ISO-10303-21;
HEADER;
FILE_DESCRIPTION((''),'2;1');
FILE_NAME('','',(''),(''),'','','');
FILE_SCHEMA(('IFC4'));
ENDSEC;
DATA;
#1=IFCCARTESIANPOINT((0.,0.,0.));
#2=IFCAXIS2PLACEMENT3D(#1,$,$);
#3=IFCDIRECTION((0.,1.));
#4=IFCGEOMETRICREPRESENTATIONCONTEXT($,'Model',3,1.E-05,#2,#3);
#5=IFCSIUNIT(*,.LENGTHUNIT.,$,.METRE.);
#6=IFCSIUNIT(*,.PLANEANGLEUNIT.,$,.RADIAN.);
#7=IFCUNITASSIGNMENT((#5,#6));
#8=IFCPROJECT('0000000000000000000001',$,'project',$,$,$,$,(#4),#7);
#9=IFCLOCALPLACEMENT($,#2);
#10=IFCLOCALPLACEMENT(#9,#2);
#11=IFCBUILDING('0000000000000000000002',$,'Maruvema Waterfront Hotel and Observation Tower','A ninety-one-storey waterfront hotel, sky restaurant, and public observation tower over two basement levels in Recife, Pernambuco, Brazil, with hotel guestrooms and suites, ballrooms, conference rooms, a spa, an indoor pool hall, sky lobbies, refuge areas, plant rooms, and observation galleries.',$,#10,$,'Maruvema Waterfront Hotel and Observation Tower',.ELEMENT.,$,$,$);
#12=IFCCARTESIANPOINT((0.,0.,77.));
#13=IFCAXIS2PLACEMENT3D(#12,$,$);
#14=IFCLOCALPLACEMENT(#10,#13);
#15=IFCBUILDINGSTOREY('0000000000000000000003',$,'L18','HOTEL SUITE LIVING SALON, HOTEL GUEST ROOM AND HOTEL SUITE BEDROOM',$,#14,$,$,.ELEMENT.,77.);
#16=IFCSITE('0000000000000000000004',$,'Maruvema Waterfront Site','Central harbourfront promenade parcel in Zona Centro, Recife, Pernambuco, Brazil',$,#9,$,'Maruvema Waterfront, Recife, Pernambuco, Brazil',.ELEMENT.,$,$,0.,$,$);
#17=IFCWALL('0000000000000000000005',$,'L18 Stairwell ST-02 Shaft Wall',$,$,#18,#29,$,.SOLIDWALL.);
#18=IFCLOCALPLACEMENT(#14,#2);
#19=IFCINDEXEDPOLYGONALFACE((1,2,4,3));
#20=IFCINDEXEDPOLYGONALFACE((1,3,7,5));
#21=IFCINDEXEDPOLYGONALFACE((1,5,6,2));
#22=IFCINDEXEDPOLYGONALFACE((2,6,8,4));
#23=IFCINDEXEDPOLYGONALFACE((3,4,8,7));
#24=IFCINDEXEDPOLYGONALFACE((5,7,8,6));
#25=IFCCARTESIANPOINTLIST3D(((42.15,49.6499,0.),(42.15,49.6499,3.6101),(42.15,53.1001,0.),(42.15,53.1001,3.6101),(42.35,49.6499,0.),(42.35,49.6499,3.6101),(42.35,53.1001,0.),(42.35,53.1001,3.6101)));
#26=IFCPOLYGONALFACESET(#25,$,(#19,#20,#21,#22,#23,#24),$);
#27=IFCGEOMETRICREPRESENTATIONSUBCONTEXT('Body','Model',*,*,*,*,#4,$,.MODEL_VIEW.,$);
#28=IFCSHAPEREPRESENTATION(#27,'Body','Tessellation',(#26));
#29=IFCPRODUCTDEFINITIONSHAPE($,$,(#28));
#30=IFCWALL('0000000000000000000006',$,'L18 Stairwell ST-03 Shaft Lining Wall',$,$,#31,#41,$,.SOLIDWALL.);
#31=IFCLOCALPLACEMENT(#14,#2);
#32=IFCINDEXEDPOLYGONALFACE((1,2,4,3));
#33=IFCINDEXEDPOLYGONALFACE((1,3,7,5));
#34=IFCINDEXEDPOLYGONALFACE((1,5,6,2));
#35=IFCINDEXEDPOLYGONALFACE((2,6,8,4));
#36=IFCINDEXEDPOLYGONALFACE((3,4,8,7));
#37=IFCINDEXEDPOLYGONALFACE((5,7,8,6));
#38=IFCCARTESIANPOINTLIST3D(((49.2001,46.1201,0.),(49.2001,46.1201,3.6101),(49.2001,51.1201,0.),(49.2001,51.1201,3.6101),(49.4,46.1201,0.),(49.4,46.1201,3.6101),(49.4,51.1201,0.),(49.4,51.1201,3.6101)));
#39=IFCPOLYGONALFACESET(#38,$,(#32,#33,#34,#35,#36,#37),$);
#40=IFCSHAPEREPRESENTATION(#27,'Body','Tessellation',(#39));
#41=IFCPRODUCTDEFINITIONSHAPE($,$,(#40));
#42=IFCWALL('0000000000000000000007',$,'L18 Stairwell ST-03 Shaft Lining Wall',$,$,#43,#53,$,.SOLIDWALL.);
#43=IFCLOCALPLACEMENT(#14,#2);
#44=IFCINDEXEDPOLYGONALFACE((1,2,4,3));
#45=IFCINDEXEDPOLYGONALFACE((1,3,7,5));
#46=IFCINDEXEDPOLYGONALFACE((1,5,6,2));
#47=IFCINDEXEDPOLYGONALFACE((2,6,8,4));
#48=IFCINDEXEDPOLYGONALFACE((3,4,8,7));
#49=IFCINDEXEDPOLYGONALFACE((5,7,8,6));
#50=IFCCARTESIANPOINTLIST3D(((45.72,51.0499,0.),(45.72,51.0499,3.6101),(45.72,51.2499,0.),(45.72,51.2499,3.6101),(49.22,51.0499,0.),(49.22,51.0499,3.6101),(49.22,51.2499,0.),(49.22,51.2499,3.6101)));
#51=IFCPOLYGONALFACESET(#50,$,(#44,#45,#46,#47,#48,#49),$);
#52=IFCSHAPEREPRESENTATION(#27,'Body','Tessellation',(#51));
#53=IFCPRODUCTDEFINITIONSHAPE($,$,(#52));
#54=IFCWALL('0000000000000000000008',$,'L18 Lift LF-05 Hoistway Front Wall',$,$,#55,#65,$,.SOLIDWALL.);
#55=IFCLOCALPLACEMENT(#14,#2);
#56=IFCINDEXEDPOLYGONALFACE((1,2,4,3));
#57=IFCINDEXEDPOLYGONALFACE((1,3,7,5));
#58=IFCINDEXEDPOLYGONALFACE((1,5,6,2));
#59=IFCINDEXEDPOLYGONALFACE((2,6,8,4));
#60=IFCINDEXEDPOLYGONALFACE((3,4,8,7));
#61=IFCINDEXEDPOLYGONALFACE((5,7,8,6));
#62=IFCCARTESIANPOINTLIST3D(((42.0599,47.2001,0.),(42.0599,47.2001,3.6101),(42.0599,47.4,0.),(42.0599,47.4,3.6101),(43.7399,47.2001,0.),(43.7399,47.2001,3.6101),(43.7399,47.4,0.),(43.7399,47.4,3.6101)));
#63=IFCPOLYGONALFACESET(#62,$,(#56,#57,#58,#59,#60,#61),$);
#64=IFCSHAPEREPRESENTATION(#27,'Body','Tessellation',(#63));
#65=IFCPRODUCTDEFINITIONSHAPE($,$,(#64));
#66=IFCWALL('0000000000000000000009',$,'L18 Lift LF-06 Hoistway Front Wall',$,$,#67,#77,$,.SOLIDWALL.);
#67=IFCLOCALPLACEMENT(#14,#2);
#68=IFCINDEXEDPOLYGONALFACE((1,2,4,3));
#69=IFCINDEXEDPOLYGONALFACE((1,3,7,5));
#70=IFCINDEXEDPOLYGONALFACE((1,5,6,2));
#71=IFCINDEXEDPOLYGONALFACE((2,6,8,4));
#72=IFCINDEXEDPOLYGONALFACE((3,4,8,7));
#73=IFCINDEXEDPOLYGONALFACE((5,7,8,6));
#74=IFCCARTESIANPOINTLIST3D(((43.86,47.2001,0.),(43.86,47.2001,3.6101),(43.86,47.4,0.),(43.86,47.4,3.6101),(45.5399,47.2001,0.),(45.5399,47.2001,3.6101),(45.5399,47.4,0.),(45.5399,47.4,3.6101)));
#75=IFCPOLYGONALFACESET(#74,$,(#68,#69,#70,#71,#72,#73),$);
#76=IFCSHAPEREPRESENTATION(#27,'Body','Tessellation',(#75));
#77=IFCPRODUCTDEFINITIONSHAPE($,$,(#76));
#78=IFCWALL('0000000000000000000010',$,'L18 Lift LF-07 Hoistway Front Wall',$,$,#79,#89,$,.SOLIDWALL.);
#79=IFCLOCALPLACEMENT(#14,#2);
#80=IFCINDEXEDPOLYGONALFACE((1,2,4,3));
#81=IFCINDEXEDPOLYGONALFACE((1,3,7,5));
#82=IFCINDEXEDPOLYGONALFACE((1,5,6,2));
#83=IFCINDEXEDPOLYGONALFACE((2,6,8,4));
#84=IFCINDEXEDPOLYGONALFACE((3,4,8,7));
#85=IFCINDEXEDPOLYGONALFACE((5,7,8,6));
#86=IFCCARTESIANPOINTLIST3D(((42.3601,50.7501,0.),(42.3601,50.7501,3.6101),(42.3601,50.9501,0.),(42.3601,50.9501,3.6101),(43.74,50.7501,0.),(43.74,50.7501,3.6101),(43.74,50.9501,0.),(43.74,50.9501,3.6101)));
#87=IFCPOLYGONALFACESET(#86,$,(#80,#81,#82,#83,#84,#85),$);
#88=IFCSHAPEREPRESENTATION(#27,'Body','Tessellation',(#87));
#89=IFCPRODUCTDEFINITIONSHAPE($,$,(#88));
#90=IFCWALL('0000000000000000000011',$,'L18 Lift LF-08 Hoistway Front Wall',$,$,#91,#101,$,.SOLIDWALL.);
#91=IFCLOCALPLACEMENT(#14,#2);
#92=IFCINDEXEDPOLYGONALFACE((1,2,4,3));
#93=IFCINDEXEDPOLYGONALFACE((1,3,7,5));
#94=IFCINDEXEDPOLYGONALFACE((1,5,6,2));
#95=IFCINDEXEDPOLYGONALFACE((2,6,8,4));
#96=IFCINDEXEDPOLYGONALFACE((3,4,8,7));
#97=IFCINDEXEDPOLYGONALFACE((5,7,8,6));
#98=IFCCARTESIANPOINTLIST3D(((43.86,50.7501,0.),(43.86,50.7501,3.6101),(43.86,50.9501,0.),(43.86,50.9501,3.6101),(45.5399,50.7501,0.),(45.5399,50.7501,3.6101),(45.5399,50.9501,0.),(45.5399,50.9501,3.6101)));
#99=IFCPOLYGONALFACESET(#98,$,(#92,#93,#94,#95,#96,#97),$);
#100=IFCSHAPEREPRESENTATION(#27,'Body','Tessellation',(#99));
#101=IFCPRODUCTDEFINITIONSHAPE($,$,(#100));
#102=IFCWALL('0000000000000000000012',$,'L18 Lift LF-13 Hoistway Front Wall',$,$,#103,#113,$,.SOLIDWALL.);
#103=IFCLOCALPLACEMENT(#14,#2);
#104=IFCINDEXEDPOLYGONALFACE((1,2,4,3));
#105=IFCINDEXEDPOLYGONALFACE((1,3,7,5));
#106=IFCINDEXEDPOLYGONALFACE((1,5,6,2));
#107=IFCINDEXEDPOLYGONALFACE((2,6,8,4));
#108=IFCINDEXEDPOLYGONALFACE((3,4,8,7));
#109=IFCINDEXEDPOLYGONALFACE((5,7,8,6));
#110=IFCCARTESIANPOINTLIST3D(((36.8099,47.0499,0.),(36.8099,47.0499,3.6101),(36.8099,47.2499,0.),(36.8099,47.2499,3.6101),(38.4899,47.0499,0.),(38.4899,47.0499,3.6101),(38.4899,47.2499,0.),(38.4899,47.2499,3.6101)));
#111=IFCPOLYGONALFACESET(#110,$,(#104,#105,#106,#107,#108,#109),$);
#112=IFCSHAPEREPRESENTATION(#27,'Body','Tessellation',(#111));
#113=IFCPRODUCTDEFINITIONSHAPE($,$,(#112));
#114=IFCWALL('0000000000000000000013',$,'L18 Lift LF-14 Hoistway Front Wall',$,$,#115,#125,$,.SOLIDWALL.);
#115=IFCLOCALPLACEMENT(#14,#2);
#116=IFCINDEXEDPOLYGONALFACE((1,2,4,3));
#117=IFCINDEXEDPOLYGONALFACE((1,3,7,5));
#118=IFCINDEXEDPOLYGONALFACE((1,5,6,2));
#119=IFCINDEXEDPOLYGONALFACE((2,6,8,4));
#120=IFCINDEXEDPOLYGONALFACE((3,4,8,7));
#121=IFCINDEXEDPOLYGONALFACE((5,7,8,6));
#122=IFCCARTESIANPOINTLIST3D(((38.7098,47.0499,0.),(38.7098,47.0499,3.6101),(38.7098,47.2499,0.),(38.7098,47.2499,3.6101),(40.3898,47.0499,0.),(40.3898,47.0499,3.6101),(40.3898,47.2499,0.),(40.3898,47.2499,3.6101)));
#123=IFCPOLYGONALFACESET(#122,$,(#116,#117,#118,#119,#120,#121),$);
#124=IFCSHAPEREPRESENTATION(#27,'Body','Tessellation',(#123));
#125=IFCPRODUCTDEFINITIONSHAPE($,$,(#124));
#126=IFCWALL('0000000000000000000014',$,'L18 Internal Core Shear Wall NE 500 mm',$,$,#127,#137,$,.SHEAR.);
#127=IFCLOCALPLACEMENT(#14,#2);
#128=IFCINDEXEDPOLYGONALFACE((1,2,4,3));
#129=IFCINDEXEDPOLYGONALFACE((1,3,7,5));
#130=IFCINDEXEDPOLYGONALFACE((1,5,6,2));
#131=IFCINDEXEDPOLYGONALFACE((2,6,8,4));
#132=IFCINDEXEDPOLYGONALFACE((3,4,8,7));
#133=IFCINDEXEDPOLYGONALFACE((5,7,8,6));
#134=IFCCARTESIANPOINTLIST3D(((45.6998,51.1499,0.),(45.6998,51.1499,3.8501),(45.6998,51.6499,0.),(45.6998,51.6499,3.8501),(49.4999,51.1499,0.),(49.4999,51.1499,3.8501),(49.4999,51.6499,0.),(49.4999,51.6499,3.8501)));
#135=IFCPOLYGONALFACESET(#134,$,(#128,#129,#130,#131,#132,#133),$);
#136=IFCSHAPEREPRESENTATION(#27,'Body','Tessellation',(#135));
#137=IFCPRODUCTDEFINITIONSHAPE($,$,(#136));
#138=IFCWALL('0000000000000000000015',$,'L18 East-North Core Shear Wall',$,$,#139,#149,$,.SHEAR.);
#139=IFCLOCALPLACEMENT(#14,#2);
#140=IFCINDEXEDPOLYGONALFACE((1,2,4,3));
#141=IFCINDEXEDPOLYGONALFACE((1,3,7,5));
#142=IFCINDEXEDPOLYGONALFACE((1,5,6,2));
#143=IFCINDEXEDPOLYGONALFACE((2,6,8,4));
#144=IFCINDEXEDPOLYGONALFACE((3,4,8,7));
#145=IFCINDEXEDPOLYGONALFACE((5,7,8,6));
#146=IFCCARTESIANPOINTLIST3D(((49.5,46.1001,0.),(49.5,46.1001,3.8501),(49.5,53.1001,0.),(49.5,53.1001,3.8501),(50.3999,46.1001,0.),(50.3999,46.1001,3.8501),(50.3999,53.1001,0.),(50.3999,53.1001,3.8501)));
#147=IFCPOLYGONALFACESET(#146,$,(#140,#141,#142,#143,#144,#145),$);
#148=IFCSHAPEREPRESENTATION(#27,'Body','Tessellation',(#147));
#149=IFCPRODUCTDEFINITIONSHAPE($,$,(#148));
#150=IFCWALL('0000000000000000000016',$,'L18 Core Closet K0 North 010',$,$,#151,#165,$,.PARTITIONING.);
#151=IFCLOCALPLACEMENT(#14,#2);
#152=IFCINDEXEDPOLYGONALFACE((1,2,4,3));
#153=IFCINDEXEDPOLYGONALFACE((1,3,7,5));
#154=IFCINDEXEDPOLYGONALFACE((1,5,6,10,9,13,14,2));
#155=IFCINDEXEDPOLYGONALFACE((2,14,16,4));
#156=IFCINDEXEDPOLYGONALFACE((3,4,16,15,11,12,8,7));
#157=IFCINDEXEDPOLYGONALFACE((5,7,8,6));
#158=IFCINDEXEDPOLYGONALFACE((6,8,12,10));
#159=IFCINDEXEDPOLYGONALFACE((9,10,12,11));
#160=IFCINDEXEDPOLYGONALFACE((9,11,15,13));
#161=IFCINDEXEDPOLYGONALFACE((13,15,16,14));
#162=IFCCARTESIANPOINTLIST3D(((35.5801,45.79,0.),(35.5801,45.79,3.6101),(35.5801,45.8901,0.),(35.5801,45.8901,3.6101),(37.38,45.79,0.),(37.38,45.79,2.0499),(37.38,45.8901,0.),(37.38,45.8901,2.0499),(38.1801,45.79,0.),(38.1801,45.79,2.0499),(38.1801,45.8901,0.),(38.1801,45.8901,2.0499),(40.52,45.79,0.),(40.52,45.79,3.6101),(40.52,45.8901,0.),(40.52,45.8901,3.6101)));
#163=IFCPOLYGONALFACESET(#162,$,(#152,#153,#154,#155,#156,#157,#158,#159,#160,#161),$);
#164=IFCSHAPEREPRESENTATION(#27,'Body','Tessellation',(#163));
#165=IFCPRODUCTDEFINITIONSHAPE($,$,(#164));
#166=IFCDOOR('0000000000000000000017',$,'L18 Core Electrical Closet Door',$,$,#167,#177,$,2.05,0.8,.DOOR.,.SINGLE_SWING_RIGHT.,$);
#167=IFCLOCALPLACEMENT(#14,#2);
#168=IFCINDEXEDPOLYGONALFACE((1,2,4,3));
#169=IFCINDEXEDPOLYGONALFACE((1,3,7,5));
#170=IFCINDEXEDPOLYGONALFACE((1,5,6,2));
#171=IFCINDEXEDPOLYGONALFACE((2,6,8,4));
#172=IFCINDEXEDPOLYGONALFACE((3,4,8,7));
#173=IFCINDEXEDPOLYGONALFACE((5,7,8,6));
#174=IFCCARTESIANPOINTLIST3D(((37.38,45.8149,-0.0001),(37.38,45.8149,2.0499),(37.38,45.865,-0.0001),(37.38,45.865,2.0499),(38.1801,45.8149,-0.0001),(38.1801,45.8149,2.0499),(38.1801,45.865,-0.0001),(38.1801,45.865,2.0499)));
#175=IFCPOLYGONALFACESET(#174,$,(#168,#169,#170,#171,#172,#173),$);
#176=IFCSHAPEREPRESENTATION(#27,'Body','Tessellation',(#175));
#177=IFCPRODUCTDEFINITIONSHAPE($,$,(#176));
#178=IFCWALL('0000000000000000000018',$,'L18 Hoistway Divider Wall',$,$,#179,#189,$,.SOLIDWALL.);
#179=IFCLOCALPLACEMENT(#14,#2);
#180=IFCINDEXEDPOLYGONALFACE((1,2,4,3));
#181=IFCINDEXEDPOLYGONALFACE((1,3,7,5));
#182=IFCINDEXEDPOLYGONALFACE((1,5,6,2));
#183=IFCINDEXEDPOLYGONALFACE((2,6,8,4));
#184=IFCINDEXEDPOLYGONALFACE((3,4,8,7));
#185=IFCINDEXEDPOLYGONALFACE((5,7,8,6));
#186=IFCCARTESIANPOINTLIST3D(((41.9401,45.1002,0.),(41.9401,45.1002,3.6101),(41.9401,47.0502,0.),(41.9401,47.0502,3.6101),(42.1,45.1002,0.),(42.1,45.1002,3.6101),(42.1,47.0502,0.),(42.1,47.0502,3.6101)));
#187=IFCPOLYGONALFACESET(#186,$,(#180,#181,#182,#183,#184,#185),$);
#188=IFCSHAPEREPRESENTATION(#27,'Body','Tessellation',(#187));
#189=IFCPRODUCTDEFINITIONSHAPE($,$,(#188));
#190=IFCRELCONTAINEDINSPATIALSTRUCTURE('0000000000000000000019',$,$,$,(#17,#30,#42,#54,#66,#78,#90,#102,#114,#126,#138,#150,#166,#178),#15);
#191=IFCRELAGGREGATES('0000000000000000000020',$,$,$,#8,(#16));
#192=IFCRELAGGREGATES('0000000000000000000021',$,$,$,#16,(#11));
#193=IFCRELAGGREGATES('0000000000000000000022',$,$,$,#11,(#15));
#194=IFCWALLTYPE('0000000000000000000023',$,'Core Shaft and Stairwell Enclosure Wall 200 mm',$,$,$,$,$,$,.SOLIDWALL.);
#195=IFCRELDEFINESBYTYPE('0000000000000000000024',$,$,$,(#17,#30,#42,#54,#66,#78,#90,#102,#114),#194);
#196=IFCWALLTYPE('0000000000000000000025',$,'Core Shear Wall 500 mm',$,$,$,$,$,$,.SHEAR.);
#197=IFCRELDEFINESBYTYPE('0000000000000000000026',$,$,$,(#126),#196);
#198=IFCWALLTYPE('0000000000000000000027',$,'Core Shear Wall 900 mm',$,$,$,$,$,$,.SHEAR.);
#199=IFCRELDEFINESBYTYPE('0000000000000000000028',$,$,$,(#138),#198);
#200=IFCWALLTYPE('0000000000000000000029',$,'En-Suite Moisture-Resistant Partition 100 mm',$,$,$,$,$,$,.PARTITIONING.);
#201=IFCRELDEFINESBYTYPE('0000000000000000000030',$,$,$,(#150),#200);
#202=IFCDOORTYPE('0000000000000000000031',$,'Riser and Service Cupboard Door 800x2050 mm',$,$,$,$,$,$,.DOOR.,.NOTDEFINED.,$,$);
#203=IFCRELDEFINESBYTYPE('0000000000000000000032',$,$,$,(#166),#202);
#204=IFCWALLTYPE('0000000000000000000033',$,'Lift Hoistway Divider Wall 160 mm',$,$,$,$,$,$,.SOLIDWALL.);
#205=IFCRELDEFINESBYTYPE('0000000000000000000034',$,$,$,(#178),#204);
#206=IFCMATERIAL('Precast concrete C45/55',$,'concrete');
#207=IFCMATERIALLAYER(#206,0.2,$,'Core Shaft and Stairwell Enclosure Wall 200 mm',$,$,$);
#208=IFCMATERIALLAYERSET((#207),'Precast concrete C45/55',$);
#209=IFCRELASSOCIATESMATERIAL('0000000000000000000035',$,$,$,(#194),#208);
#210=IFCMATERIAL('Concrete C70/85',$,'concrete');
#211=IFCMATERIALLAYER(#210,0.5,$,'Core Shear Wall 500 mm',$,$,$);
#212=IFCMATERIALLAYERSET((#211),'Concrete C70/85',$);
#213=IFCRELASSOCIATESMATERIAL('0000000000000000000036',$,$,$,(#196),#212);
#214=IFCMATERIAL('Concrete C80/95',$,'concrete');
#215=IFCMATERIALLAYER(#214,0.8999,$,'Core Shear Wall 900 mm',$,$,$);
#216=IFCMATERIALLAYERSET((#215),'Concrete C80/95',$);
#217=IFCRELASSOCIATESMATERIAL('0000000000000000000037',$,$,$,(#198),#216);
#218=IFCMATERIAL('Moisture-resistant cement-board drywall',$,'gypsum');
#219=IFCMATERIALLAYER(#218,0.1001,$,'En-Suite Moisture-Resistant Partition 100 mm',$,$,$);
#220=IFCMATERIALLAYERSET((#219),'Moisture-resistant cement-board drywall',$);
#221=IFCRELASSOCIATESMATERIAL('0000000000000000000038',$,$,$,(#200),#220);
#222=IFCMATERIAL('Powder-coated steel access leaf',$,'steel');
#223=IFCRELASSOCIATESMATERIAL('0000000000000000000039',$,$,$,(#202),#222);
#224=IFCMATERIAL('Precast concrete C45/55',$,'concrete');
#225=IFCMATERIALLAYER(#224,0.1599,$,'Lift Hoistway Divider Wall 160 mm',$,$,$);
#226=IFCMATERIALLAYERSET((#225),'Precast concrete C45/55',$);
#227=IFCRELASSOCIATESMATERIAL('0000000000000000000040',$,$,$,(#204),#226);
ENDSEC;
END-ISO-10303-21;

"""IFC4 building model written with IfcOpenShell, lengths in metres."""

from ifc_helpers import new_model, si_unit, direction, frame, frame_2d, origin, place, context, subcontext, project, spatial, rectangle, extrude, material, layer, layer_set, type_object, element, fill, save


model = new_model("IFC4")

# Units and contexts
model_context = context("Model", 3, precision=1e-05, world=origin(), true_north=direction((0.0, 1.0)))
body_context = subcontext(model_context, "Body", "Model", "MODEL_VIEW")
ifc_project = project(units=[si_unit("LENGTHUNIT", "METRE"), si_unit("PLANEANGLEUNIT", "RADIAN")], contexts=[model_context])

# Site, building, storey
site_placement = place(None, origin())
site = spatial("IfcSite", under=ifc_project, at=site_placement, Name="Maruvema Waterfront Site", Description="Central harbourfront promenade parcel in Zona Centro, Recife, Pernambuco, Brazil", LongName="Maruvema Waterfront, Recife, Pernambuco, Brazil", CompositionType="ELEMENT", RefElevation=0.0)
building_placement = place(site_placement, origin())
building = spatial("IfcBuilding", under=site, at=building_placement, Name="Maruvema Waterfront Hotel and Observation Tower", Description="A ninety-one-storey waterfront hotel, sky restaurant, and public observation tower over two basement levels in Recife, Pernambuco, Brazil, with hotel guestrooms and suites, ballrooms, conference rooms, a spa, an indoor pool hall, sky lobbies, refuge areas, plant rooms, and observation galleries.", LongName="Maruvema Waterfront Hotel and Observation Tower", CompositionType="ELEMENT")
storey_placement = place(building_placement, frame((0.0, 0.0, 77.0)))
storey = spatial("IfcBuildingStorey", under=building, at=storey_placement, Name="L18", Description="HOTEL SUITE LIVING SALON, HOTEL GUEST ROOM AND HOTEL SUITE BEDROOM", CompositionType="ELEMENT", Elevation=77.0)

# Walls
ifc_material_1 = material(Name="Precast concrete C45/55", Category="concrete")
ifc_layer_1 = layer(ifc_material_1, 0.2, Name="Core Shaft and Stairwell Enclosure Wall 200 mm")
ifc_layer_set_1 = layer_set([ifc_layer_1], Name="Precast concrete C45/55")
wall_type_1 = type_object("IfcWallType", Name="Core Shaft and Stairwell Enclosure Wall 200 mm", PredefinedType="SOLIDWALL", material=ifc_layer_set_1)
wall_1_placement = place(storey_placement, frame((42.25, 49.6499, 0.0), z_axis=(0.0, 0.0, 1.0), x_axis=(0.0, 1.0, 0.0)))
element("IfcWall", 1, at=wall_1_placement, inside=storey, type_object=wall_type_1, Name="L18 Stairwell ST-02 Shaft Wall", PredefinedType="SOLIDWALL", context=body_context, shape_type="SweptSolid", body=[
    extrude(rectangle(XDim=3.4502, YDim=0.2, at=frame_2d((1.7251, 0.0))), origin(), (0.0, 0.0, 1.0), 3.6101),
])
wall_2_placement = place(storey_placement, frame((49.3, 46.1201, 0.0), z_axis=(0.0, 0.0, 1.0), x_axis=(0.0, 1.0, 0.0)))
element("IfcWall", 2, at=wall_2_placement, inside=storey, type_object=wall_type_1, Name="L18 Stairwell ST-03 Shaft Lining Wall", PredefinedType="SOLIDWALL", context=body_context, shape_type="SweptSolid", body=[
    extrude(rectangle(XDim=5.0, YDim=0.2, at=frame_2d((2.5, 0.0))), origin(), (0.0, 0.0, 1.0), 3.6101),
])
wall_3_placement = place(storey_placement, frame((45.72, 51.1499, 0.0), z_axis=(0.0, 0.0, 1.0), x_axis=(1.0, 0.0, 0.0)))
element("IfcWall", 3, at=wall_3_placement, inside=storey, type_object=wall_type_1, Name="L18 Stairwell ST-03 Shaft Lining Wall", PredefinedType="SOLIDWALL", context=body_context, shape_type="SweptSolid", body=[
    extrude(rectangle(XDim=3.5, YDim=0.2, at=frame_2d((1.75, 0.0))), origin(), (0.0, 0.0, 1.0), 3.6101),
])
for number, where, z_axis, x_axis, name in (
    (4, (42.0601, 47.3, 0.0), (0.0, 0.0, 1.0), (1.0, 0.0, 0.0), "L18 Lift LF-05 Hoistway Front Wall"),
    (5, (43.8601, 47.3, 0.0), (0.0, 0.0, 1.0), (1.0, 0.0, 0.0), "L18 Lift LF-06 Hoistway Front Wall"),
):
    element("IfcWall", number, at=place(storey_placement, frame(where, z_axis=z_axis, x_axis=x_axis)), inside=storey, type_object=wall_type_1, Name=name, PredefinedType="SOLIDWALL", context=body_context, shape_type="SweptSolid", body=[
        extrude(rectangle(XDim=1.6799, YDim=0.2, at=frame_2d((0.8398, 0.0))), origin(), (0.0, 0.0, 1.0), 3.6101),
    ])
wall_4_placement = place(storey_placement, frame((42.3601, 50.8501, 0.0), z_axis=(0.0, 0.0, 1.0), x_axis=(1.0, 0.0, 0.0)))
element("IfcWall", 6, at=wall_4_placement, inside=storey, type_object=wall_type_1, Name="L18 Lift LF-07 Hoistway Front Wall", PredefinedType="SOLIDWALL", context=body_context, shape_type="SweptSolid", body=[
    extrude(rectangle(XDim=1.3799, YDim=0.2, at=frame_2d((0.6899, 0.0))), origin(), (0.0, 0.0, 1.0), 3.6101),
])
for number, where, z_axis, x_axis, name in (
    (7, (43.8601, 50.8501, 0.0), (0.0, 0.0, 1.0), (1.0, 0.0, 0.0), "L18 Lift LF-08 Hoistway Front Wall"),
    (8, (36.8101, 47.1499, 0.0), (0.0, 0.0, 1.0), (1.0, 0.0, 0.0), "L18 Lift LF-13 Hoistway Front Wall"),
    (9, (38.71, 47.1499, 0.0), (0.0, 0.0, 1.0), (1.0, 0.0, 0.0), "L18 Lift LF-14 Hoistway Front Wall"),
):
    element("IfcWall", number, at=place(storey_placement, frame(where, z_axis=z_axis, x_axis=x_axis)), inside=storey, type_object=wall_type_1, Name=name, PredefinedType="SOLIDWALL", context=body_context, shape_type="SweptSolid", body=[
        extrude(rectangle(XDim=1.6799, YDim=0.2, at=frame_2d((0.8398, 0.0))), origin(), (0.0, 0.0, 1.0), 3.6101),
    ])
ifc_material_2 = material(Name="Concrete C70/85", Category="concrete")
ifc_layer_2 = layer(ifc_material_2, 0.5, Name="Core Shear Wall 500 mm")
ifc_layer_set_2 = layer_set([ifc_layer_2], Name="Concrete C70/85")
wall_type_2 = type_object("IfcWallType", Name="Core Shear Wall 500 mm", PredefinedType="SHEAR", material=ifc_layer_set_2)
wall_5_placement = place(storey_placement, frame((45.7, 51.3999, 0.0), z_axis=(0.0, 0.0, 1.0), x_axis=(1.0, 0.0, 0.0)))
element("IfcWall", 10, at=wall_5_placement, inside=storey, type_object=wall_type_2, Name="L18 Internal Core Shear Wall NE 500 mm", PredefinedType="SHEAR", context=body_context, shape_type="SweptSolid", body=[
    extrude(rectangle(XDim=3.8, YDim=0.5, at=frame_2d((1.8999, 0.0))), origin(), (0.0, 0.0, 1.0), 3.8501),
])
ifc_material_3 = material(Name="Concrete C80/95", Category="concrete")
ifc_layer_3 = layer(ifc_material_3, 0.8999, Name="Core Shear Wall 900 mm")
ifc_layer_set_3 = layer_set([ifc_layer_3], Name="Concrete C80/95")
wall_type_3 = type_object("IfcWallType", Name="Core Shear Wall 900 mm", PredefinedType="SHEAR", material=ifc_layer_set_3)
wall_6_placement = place(storey_placement, frame((49.95, 46.1001, 0.0), z_axis=(0.0, 0.0, 1.0), x_axis=(0.0, 1.0, 0.0)))
element("IfcWall", 11, at=wall_6_placement, inside=storey, type_object=wall_type_3, Name="L18 East-North Core Shear Wall", PredefinedType="SHEAR", context=body_context, shape_type="SweptSolid", body=[
    extrude(rectangle(XDim=7.0, YDim=0.8999, at=frame_2d((3.5, 0.0))), origin(), (0.0, 0.0, 1.0), 3.8501),
])

# Wall, opening, door
ifc_material_4 = material(Name="Moisture-resistant cement-board drywall", Category="gypsum")
ifc_layer_4 = layer(ifc_material_4, 0.1001, Name="En-Suite Moisture-Resistant Partition 100 mm")
ifc_layer_set_4 = layer_set([ifc_layer_4], Name="Moisture-resistant cement-board drywall")
wall_type_4 = type_object("IfcWallType", Name="En-Suite Moisture-Resistant Partition 100 mm", PredefinedType="PARTITIONING", material=ifc_layer_set_4)
wall_7_placement = place(storey_placement, frame((35.5801, 45.8401, 0.0), z_axis=(0.0, 0.0, 1.0), x_axis=(1.0, 0.0, 0.0)))
wall_7 = element("IfcWall", 12, at=wall_7_placement, inside=storey, type_object=wall_type_4, Name="L18 Core Closet K0 North 010", PredefinedType="PARTITIONING", context=body_context, shape_type="SweptSolid", body=[
    extrude(rectangle(XDim=4.9399, YDim=0.1001, at=frame_2d((2.47, 0.0))), origin(), (0.0, 0.0, 1.0), 3.6101),
])
opening_placement = place(wall_7_placement, frame((1.8, 0.0, 0.0)))
opening = element("IfcOpeningElement", 13, at=opening_placement, cuts=wall_7, PredefinedType="OPENING", context=body_context, shape_type="SweptSolid", body=[
    extrude(rectangle(XDim=0.8, YDim=2.05, at=frame_2d((0.3999, 1.0249))), frame((0.0, 0.0601, 0.0), z_axis=(0.0, -1.0, 0.0), x_axis=(1.0, 0.0, 0.0)), (0.0, 0.0, 1.0), 0.1201),
])
ifc_material_5 = material(Name="Powder-coated steel access leaf", Category="steel")
door_type = type_object("IfcDoorType", Name="Riser and Service Cupboard Door 800x2050 mm", OperationType="NOTDEFINED", PredefinedType="DOOR", material=ifc_material_5)
door_placement = place(opening_placement, origin())
door = element("IfcDoor", 14, at=door_placement, inside=storey, type_object=door_type, Name="L18 Core Electrical Closet Door", OperationType="SINGLE_SWING_RIGHT", OverallHeight=2.05, OverallWidth=0.8, PredefinedType="DOOR", context=body_context, shape_type="SweptSolid", body=[
    extrude(rectangle(XDim=0.8, YDim=2.05, at=frame_2d((0.3999, 1.0249))), frame((0.0, 0.0249, 0.0), z_axis=(0.0, -1.0, 0.0), x_axis=(1.0, 0.0, 0.0)), (0.0, 0.0, 1.0), 0.05),
])
fill(opening, door)

# Wall
ifc_material_6 = material(Name="Precast concrete C45/55", Category="concrete")
ifc_layer_5 = layer(ifc_material_6, 0.1599, Name="Lift Hoistway Divider Wall 160 mm")
ifc_layer_set_5 = layer_set([ifc_layer_5], Name="Precast concrete C45/55")
wall_type_5 = type_object("IfcWallType", Name="Lift Hoistway Divider Wall 160 mm", PredefinedType="SOLIDWALL", material=ifc_layer_set_5)
for number, where, z_axis, x_axis, name in (
    (15, (42.02, 45.1001, 0.0), (0.0, 0.0, 1.0), (0.0, 1.0, 0.0), "L18 Hoistway Divider Wall"),
):
    element("IfcWall", number, at=place(storey_placement, frame(where, z_axis=z_axis, x_axis=x_axis)), inside=storey, type_object=wall_type_5, Name=name, PredefinedType="SOLIDWALL", context=body_context, shape_type="SweptSolid", body=[
        extrude(rectangle(XDim=1.95, YDim=0.1599, at=frame_2d((0.9751, 0.0))), origin(), (0.0, 0.0, 1.0), 3.6101),
    ])

save(model, "model.ifc")
